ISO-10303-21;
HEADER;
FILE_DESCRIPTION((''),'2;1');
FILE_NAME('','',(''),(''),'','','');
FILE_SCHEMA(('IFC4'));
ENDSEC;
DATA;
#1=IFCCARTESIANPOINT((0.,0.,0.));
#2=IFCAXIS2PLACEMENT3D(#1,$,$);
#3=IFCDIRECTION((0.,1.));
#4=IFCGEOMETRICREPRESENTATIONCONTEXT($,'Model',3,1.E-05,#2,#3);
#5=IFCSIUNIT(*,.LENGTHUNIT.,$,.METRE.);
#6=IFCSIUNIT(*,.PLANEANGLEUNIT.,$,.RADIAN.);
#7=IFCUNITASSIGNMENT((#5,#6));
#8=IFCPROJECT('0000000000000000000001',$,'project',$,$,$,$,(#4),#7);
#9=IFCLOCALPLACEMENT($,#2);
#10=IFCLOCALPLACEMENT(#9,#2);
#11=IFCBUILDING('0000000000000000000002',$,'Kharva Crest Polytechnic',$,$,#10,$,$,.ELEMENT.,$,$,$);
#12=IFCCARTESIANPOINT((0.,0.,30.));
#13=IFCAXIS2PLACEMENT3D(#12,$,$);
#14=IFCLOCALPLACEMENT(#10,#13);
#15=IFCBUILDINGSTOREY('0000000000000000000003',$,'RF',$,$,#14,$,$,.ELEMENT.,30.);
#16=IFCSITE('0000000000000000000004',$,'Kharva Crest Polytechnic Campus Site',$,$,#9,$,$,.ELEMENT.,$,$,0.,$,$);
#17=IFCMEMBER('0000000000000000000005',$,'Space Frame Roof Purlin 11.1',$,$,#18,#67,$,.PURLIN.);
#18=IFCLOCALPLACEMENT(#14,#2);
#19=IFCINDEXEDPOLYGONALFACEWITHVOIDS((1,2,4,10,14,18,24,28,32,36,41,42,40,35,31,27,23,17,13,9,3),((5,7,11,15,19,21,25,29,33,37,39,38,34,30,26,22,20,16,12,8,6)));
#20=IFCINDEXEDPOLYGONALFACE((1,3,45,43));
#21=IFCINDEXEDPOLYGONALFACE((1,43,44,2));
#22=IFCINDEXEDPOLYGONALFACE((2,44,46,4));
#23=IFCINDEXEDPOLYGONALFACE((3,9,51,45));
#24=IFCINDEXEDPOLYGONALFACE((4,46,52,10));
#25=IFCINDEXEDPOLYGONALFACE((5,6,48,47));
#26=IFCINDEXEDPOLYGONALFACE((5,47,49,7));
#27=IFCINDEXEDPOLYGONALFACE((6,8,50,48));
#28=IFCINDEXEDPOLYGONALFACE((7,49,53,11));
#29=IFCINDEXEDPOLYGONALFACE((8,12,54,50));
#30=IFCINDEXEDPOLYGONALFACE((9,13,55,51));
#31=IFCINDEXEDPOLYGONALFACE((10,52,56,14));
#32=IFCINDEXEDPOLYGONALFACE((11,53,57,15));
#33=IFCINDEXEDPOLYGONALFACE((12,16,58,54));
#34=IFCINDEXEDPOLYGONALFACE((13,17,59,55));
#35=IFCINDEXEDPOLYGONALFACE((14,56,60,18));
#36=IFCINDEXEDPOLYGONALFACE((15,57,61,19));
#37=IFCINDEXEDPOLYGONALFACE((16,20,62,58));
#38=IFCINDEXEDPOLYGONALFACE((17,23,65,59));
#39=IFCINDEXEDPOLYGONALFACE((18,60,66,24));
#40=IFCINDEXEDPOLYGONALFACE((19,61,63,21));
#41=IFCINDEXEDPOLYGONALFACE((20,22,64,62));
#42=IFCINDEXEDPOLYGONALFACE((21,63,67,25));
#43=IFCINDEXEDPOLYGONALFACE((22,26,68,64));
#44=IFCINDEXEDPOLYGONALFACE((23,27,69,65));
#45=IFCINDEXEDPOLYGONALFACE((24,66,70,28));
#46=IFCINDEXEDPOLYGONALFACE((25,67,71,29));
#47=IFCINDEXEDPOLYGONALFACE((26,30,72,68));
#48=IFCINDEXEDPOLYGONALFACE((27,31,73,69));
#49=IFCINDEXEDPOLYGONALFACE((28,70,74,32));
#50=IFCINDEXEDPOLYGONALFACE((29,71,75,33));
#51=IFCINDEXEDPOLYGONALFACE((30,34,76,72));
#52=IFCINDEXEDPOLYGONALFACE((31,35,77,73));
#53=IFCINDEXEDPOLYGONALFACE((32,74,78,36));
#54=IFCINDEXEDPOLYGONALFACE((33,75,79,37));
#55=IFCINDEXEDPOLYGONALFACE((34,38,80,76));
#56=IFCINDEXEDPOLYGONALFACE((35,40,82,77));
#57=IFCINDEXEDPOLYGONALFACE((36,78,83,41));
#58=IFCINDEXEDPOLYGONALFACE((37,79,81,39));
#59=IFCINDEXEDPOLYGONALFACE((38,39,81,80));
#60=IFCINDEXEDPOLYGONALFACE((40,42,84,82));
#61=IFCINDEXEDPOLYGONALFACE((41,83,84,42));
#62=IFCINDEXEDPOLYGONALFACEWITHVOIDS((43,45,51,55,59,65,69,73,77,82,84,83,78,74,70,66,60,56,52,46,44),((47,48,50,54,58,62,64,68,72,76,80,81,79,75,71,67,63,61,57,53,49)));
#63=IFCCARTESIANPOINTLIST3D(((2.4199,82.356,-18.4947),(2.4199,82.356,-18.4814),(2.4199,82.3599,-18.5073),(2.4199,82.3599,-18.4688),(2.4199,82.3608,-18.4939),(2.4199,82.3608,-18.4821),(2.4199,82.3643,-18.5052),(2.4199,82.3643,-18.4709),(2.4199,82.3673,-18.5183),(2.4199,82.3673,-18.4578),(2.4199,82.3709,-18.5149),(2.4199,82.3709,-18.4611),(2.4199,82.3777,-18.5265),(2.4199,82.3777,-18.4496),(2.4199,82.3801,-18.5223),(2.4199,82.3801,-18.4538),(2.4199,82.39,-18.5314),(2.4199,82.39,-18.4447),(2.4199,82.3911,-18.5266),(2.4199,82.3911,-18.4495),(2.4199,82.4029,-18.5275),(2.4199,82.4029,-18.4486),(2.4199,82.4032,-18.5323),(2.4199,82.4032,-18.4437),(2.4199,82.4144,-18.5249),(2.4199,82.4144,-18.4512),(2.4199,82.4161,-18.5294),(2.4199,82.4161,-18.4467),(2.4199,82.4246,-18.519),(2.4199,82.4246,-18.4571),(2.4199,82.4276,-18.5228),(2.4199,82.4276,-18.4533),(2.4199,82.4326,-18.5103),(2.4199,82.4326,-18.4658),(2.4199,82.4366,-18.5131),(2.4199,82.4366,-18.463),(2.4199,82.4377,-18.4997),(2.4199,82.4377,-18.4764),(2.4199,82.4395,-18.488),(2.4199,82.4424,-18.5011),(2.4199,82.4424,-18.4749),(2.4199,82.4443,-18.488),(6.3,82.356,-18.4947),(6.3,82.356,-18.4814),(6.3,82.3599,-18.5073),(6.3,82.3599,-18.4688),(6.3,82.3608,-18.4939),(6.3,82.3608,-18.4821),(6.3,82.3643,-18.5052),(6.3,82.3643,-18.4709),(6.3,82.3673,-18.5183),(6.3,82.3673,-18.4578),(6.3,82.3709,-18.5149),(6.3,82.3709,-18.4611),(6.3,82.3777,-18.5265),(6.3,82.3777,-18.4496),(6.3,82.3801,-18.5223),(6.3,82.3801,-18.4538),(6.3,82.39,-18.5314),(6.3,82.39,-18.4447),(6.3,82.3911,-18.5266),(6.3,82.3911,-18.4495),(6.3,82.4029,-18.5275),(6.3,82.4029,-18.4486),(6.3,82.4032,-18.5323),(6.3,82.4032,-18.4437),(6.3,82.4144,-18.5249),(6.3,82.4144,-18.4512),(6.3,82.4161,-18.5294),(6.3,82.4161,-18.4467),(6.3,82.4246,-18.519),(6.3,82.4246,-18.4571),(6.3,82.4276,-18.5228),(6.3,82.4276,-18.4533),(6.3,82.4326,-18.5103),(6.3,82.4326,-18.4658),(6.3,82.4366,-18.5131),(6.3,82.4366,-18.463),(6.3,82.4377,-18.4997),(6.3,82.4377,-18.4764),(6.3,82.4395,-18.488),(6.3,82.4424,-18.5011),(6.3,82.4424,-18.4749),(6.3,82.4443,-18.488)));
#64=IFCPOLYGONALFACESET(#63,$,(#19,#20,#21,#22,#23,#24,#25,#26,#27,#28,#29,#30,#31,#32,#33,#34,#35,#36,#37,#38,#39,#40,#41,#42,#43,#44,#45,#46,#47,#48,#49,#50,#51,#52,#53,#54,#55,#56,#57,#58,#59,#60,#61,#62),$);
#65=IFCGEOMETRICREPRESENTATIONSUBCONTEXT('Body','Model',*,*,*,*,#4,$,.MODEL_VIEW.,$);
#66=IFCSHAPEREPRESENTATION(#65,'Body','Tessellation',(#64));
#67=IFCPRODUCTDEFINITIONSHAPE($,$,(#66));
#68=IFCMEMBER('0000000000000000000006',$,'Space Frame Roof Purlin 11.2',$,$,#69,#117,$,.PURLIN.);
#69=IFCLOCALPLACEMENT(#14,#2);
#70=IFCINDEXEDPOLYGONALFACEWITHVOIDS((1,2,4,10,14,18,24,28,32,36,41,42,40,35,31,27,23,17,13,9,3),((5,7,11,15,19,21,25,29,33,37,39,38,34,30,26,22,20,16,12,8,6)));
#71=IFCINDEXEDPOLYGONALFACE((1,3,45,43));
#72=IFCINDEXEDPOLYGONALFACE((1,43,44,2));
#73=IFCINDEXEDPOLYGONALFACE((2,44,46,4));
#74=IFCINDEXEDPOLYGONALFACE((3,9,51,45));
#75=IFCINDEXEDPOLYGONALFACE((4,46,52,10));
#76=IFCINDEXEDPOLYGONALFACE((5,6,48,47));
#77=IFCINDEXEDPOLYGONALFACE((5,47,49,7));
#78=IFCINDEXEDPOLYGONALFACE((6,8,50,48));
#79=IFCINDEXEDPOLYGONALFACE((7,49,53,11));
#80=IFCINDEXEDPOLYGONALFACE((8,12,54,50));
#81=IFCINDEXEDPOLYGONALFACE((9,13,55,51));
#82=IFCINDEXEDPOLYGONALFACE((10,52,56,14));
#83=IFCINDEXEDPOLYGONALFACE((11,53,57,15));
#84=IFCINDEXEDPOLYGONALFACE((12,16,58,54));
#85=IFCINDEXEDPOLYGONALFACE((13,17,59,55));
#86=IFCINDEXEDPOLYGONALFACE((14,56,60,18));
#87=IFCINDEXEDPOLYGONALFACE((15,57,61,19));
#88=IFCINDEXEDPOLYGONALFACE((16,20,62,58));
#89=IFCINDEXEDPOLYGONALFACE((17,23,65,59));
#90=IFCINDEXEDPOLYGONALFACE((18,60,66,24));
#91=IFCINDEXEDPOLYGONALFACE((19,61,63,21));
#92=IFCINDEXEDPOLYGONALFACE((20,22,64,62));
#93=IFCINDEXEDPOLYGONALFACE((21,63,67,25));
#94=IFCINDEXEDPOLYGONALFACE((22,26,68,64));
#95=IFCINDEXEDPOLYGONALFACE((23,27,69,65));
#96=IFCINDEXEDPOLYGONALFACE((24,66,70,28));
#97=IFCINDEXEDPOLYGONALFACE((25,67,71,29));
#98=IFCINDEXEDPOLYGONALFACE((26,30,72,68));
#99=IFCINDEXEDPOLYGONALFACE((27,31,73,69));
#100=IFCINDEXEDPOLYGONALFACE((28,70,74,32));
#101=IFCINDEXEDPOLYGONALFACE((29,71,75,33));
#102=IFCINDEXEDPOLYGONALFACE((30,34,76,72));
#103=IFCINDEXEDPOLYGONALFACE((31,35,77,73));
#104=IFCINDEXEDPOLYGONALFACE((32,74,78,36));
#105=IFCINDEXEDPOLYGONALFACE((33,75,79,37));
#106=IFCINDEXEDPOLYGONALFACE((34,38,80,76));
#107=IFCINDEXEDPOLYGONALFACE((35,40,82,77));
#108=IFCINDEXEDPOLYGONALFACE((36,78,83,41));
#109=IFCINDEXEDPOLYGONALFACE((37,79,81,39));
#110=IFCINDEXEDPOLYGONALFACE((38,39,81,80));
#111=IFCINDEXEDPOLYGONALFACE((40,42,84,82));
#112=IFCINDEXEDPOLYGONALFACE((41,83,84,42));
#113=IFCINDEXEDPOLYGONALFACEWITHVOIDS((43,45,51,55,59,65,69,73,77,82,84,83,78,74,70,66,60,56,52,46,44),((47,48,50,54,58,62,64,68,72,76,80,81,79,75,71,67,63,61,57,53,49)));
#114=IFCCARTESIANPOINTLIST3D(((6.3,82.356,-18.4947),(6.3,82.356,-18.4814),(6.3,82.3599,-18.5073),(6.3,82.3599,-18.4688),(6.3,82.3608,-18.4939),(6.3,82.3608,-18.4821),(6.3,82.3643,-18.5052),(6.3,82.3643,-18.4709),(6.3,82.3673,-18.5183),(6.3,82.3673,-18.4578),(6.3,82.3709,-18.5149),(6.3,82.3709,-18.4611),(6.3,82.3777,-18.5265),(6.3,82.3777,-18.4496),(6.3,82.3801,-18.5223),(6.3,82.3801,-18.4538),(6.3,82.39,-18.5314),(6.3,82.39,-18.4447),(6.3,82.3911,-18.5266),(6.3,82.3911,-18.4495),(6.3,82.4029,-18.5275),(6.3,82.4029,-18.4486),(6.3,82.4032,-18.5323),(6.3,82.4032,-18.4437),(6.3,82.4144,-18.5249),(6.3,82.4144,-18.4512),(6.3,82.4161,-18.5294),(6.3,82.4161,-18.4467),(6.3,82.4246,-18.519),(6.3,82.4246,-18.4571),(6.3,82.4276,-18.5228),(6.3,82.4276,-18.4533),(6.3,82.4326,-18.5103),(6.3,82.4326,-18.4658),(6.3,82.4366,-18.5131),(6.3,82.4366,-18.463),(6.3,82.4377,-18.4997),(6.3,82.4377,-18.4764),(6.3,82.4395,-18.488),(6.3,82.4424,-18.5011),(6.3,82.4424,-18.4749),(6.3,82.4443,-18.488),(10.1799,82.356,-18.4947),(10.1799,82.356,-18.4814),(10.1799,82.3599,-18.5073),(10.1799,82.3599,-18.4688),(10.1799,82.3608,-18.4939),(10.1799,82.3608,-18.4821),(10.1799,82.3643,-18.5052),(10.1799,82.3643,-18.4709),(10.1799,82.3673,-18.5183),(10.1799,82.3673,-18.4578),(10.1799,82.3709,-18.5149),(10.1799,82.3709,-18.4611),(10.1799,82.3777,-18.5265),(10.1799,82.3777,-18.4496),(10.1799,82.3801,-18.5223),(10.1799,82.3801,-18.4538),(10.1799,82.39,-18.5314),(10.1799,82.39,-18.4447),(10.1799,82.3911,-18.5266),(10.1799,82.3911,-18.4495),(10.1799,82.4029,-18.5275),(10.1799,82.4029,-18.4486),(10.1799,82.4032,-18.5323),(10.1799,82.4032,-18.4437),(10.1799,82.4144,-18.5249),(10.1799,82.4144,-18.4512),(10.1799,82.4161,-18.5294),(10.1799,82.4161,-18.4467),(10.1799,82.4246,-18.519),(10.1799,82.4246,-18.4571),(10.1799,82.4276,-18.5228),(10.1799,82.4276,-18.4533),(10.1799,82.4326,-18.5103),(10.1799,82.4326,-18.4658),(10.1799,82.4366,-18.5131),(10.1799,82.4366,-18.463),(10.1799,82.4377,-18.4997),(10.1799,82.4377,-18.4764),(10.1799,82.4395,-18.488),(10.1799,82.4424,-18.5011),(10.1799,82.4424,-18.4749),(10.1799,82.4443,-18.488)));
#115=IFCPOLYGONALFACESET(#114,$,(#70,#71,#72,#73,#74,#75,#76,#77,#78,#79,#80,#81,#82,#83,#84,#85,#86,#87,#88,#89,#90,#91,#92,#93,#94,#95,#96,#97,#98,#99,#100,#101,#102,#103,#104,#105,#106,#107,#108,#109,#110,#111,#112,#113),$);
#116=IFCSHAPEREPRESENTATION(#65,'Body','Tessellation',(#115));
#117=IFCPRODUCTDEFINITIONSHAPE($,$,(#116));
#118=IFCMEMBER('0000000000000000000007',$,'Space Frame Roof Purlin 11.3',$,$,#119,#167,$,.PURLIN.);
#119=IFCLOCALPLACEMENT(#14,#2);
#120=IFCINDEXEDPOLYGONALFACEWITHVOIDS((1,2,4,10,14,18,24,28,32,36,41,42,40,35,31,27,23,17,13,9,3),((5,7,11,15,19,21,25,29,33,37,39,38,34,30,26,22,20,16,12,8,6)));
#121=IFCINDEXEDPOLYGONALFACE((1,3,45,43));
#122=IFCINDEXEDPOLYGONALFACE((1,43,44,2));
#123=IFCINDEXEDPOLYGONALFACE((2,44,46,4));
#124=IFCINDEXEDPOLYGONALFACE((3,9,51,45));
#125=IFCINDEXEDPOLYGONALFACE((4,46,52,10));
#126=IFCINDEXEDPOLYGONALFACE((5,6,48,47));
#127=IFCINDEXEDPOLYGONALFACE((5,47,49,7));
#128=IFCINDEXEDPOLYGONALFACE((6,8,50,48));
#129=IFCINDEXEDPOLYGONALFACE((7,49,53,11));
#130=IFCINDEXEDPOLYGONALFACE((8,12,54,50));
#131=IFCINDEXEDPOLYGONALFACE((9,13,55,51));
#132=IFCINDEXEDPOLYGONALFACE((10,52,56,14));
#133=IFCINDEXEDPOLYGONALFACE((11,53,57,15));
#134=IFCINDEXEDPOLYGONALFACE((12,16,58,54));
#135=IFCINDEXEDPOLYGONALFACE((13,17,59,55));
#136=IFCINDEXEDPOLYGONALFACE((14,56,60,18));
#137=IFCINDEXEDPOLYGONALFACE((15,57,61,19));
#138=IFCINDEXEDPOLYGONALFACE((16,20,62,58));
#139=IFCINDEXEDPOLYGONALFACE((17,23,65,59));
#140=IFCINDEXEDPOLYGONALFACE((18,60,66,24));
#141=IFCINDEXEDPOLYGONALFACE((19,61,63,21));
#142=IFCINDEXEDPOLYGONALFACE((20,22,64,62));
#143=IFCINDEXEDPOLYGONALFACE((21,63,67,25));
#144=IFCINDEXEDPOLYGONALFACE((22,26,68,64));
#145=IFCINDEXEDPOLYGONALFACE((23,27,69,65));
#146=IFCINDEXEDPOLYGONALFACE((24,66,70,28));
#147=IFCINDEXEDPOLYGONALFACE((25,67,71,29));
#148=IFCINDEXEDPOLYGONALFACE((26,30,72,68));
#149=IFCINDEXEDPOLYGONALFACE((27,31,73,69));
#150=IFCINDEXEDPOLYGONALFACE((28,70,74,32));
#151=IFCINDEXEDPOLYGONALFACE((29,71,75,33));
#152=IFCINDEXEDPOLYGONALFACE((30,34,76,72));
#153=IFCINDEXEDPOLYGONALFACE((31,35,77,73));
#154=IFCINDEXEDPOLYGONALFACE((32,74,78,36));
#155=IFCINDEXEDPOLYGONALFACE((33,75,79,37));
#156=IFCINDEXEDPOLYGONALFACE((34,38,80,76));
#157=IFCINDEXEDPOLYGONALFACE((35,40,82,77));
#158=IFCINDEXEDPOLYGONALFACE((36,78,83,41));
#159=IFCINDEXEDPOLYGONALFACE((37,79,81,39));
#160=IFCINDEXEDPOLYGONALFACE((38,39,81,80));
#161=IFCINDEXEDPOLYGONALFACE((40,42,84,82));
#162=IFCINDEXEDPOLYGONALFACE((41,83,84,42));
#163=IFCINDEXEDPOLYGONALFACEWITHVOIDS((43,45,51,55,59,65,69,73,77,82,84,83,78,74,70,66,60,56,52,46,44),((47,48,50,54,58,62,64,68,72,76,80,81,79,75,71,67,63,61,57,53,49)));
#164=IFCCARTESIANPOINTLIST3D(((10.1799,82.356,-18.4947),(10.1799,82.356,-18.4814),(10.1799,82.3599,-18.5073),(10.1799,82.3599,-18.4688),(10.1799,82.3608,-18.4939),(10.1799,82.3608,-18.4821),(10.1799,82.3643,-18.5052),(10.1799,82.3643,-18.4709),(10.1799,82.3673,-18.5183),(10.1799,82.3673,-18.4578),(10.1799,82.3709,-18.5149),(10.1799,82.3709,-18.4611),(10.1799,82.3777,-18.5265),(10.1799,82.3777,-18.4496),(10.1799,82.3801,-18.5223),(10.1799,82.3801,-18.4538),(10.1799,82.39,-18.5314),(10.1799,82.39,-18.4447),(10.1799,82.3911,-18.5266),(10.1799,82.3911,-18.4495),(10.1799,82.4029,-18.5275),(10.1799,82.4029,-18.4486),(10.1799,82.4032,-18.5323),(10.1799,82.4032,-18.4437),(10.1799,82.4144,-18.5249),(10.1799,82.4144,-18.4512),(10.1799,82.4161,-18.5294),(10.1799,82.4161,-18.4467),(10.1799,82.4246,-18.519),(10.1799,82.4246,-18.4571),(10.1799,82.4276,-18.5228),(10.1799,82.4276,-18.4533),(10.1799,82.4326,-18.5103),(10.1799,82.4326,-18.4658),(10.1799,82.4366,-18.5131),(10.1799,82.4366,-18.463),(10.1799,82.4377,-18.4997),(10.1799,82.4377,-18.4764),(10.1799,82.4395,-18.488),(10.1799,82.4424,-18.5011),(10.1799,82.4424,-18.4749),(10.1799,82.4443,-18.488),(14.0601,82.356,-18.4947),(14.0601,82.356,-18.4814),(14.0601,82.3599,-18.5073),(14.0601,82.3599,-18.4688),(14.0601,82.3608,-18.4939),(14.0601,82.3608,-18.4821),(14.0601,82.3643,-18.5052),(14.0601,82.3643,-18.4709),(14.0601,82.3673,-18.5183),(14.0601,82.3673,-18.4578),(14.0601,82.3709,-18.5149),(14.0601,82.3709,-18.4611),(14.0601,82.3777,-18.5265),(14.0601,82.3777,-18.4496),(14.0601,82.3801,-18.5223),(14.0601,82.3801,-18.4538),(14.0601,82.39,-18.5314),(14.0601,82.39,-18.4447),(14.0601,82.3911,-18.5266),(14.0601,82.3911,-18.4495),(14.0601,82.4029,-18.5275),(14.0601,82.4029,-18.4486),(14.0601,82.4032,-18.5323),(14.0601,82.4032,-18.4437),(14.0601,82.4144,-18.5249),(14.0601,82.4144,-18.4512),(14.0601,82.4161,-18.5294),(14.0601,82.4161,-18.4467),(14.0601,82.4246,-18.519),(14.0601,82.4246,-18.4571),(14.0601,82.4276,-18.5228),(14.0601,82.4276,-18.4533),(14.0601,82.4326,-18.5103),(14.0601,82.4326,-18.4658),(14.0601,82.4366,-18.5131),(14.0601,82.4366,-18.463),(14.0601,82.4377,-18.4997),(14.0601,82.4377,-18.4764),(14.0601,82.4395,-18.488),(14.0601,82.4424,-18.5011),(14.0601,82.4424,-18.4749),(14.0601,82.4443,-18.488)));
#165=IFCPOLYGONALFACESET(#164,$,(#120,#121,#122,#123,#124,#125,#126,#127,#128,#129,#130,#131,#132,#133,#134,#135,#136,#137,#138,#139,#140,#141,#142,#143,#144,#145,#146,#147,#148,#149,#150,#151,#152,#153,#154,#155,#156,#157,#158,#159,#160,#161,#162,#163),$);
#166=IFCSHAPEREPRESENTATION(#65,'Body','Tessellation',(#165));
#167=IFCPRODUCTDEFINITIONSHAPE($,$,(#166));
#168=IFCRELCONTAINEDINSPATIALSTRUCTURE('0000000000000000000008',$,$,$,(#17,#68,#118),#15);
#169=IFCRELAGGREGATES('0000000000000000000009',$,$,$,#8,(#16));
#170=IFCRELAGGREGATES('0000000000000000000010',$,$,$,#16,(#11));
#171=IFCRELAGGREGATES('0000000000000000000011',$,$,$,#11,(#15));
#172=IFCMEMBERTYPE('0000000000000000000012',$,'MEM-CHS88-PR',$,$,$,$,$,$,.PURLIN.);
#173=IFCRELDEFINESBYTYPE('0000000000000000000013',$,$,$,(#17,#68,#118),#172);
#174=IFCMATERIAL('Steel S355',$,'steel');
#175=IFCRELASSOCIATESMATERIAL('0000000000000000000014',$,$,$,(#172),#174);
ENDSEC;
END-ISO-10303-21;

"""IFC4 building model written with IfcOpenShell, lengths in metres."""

from ifc_helpers import new_model, si_unit, direction, frame, origin, origin_2d, place, context, subcontext, project, spatial, hollow_circle, extrude, material, material_profile, profile_set, type_object, element, save


model = new_model("IFC4")

# Units and contexts
model_context = context("Model", 3, precision=1e-05, world=origin(), true_north=direction((0.0, 1.0)))
body_context = subcontext(model_context, "Body", "Model", "MODEL_VIEW")
ifc_project = project(units=[si_unit("LENGTHUNIT", "METRE"), si_unit("PLANEANGLEUNIT", "RADIAN")], contexts=[model_context])

# Site, building, storey
site_placement = place(None, origin())
site = spatial("IfcSite", under=ifc_project, at=site_placement, Name="Kharva Crest Polytechnic Campus Site", CompositionType="ELEMENT", RefElevation=0.0)
building_placement = place(site_placement, origin())
building = spatial("IfcBuilding", under=site, at=building_placement, Name="Kharva Crest Polytechnic", CompositionType="ELEMENT")
storey_placement = place(building_placement, frame((0.0, 0.0, 30.0)))
storey = spatial("IfcBuildingStorey", under=building, at=storey_placement, Name="RF", CompositionType="ELEMENT", Elevation=30.0)

# Members
ifc_material = material(Name="Steel S355", Category="steel")
ifc_material_profile = material_profile(ifc_material, hollow_circle(Radius=0.0444, WallThickness=0.0049, at=origin_2d()), Name="CHS 88.9X5.0")
ifc_profile_set = profile_set([ifc_material_profile], Name="Steel S355")
member_type = type_object("IfcMemberType", Name="MEM-CHS88-PR", PredefinedType="PURLIN", material=ifc_profile_set)
for number, where, z_axis, x_axis, name in (
    (1, (2.4199, 82.3999, -18.488), (1.0, 0.0, 0.0), (0.0, 1.0, 0.0), "Space Frame Roof Purlin 11.1"),
):
    element("IfcMember", number, at=place(storey_placement, frame(where, z_axis=z_axis, x_axis=x_axis)), inside=storey, type_object=member_type, Name=name, PredefinedType="PURLIN", context=body_context, shape_type="SweptSolid", body=[
        extrude(hollow_circle(Radius=0.0444, WallThickness=0.0049, at=origin_2d()), origin(), (0.0, 0.0, 1.0), 3.8801),
    ])
member_1_placement = place(storey_placement, frame((6.3, 82.3999, -18.488), z_axis=(1.0, 0.0, 0.0), x_axis=(0.0, 1.0, 0.0)))
element("IfcMember", 2, at=member_1_placement, inside=storey, type_object=member_type, Name="Space Frame Roof Purlin 11.2", PredefinedType="PURLIN", context=body_context, shape_type="SweptSolid", body=[
    extrude(hollow_circle(Radius=0.0444, WallThickness=0.0049, at=origin_2d()), origin(), (0.0, 0.0, 1.0), 3.8799),
])
for number, where, z_axis, x_axis, name in (
    (3, (10.1799, 82.3999, -18.488), (1.0, 0.0, 0.0), (0.0, 1.0, 0.0), "Space Frame Roof Purlin 11.3"),
):
    element("IfcMember", number, at=place(storey_placement, frame(where, z_axis=z_axis, x_axis=x_axis)), inside=storey, type_object=member_type, Name=name, PredefinedType="PURLIN", context=body_context, shape_type="SweptSolid", body=[
        extrude(hollow_circle(Radius=0.0444, WallThickness=0.0049, at=origin_2d()), origin(), (0.0, 0.0, 1.0), 3.8801),
    ])

save(model, "model.ifc")
